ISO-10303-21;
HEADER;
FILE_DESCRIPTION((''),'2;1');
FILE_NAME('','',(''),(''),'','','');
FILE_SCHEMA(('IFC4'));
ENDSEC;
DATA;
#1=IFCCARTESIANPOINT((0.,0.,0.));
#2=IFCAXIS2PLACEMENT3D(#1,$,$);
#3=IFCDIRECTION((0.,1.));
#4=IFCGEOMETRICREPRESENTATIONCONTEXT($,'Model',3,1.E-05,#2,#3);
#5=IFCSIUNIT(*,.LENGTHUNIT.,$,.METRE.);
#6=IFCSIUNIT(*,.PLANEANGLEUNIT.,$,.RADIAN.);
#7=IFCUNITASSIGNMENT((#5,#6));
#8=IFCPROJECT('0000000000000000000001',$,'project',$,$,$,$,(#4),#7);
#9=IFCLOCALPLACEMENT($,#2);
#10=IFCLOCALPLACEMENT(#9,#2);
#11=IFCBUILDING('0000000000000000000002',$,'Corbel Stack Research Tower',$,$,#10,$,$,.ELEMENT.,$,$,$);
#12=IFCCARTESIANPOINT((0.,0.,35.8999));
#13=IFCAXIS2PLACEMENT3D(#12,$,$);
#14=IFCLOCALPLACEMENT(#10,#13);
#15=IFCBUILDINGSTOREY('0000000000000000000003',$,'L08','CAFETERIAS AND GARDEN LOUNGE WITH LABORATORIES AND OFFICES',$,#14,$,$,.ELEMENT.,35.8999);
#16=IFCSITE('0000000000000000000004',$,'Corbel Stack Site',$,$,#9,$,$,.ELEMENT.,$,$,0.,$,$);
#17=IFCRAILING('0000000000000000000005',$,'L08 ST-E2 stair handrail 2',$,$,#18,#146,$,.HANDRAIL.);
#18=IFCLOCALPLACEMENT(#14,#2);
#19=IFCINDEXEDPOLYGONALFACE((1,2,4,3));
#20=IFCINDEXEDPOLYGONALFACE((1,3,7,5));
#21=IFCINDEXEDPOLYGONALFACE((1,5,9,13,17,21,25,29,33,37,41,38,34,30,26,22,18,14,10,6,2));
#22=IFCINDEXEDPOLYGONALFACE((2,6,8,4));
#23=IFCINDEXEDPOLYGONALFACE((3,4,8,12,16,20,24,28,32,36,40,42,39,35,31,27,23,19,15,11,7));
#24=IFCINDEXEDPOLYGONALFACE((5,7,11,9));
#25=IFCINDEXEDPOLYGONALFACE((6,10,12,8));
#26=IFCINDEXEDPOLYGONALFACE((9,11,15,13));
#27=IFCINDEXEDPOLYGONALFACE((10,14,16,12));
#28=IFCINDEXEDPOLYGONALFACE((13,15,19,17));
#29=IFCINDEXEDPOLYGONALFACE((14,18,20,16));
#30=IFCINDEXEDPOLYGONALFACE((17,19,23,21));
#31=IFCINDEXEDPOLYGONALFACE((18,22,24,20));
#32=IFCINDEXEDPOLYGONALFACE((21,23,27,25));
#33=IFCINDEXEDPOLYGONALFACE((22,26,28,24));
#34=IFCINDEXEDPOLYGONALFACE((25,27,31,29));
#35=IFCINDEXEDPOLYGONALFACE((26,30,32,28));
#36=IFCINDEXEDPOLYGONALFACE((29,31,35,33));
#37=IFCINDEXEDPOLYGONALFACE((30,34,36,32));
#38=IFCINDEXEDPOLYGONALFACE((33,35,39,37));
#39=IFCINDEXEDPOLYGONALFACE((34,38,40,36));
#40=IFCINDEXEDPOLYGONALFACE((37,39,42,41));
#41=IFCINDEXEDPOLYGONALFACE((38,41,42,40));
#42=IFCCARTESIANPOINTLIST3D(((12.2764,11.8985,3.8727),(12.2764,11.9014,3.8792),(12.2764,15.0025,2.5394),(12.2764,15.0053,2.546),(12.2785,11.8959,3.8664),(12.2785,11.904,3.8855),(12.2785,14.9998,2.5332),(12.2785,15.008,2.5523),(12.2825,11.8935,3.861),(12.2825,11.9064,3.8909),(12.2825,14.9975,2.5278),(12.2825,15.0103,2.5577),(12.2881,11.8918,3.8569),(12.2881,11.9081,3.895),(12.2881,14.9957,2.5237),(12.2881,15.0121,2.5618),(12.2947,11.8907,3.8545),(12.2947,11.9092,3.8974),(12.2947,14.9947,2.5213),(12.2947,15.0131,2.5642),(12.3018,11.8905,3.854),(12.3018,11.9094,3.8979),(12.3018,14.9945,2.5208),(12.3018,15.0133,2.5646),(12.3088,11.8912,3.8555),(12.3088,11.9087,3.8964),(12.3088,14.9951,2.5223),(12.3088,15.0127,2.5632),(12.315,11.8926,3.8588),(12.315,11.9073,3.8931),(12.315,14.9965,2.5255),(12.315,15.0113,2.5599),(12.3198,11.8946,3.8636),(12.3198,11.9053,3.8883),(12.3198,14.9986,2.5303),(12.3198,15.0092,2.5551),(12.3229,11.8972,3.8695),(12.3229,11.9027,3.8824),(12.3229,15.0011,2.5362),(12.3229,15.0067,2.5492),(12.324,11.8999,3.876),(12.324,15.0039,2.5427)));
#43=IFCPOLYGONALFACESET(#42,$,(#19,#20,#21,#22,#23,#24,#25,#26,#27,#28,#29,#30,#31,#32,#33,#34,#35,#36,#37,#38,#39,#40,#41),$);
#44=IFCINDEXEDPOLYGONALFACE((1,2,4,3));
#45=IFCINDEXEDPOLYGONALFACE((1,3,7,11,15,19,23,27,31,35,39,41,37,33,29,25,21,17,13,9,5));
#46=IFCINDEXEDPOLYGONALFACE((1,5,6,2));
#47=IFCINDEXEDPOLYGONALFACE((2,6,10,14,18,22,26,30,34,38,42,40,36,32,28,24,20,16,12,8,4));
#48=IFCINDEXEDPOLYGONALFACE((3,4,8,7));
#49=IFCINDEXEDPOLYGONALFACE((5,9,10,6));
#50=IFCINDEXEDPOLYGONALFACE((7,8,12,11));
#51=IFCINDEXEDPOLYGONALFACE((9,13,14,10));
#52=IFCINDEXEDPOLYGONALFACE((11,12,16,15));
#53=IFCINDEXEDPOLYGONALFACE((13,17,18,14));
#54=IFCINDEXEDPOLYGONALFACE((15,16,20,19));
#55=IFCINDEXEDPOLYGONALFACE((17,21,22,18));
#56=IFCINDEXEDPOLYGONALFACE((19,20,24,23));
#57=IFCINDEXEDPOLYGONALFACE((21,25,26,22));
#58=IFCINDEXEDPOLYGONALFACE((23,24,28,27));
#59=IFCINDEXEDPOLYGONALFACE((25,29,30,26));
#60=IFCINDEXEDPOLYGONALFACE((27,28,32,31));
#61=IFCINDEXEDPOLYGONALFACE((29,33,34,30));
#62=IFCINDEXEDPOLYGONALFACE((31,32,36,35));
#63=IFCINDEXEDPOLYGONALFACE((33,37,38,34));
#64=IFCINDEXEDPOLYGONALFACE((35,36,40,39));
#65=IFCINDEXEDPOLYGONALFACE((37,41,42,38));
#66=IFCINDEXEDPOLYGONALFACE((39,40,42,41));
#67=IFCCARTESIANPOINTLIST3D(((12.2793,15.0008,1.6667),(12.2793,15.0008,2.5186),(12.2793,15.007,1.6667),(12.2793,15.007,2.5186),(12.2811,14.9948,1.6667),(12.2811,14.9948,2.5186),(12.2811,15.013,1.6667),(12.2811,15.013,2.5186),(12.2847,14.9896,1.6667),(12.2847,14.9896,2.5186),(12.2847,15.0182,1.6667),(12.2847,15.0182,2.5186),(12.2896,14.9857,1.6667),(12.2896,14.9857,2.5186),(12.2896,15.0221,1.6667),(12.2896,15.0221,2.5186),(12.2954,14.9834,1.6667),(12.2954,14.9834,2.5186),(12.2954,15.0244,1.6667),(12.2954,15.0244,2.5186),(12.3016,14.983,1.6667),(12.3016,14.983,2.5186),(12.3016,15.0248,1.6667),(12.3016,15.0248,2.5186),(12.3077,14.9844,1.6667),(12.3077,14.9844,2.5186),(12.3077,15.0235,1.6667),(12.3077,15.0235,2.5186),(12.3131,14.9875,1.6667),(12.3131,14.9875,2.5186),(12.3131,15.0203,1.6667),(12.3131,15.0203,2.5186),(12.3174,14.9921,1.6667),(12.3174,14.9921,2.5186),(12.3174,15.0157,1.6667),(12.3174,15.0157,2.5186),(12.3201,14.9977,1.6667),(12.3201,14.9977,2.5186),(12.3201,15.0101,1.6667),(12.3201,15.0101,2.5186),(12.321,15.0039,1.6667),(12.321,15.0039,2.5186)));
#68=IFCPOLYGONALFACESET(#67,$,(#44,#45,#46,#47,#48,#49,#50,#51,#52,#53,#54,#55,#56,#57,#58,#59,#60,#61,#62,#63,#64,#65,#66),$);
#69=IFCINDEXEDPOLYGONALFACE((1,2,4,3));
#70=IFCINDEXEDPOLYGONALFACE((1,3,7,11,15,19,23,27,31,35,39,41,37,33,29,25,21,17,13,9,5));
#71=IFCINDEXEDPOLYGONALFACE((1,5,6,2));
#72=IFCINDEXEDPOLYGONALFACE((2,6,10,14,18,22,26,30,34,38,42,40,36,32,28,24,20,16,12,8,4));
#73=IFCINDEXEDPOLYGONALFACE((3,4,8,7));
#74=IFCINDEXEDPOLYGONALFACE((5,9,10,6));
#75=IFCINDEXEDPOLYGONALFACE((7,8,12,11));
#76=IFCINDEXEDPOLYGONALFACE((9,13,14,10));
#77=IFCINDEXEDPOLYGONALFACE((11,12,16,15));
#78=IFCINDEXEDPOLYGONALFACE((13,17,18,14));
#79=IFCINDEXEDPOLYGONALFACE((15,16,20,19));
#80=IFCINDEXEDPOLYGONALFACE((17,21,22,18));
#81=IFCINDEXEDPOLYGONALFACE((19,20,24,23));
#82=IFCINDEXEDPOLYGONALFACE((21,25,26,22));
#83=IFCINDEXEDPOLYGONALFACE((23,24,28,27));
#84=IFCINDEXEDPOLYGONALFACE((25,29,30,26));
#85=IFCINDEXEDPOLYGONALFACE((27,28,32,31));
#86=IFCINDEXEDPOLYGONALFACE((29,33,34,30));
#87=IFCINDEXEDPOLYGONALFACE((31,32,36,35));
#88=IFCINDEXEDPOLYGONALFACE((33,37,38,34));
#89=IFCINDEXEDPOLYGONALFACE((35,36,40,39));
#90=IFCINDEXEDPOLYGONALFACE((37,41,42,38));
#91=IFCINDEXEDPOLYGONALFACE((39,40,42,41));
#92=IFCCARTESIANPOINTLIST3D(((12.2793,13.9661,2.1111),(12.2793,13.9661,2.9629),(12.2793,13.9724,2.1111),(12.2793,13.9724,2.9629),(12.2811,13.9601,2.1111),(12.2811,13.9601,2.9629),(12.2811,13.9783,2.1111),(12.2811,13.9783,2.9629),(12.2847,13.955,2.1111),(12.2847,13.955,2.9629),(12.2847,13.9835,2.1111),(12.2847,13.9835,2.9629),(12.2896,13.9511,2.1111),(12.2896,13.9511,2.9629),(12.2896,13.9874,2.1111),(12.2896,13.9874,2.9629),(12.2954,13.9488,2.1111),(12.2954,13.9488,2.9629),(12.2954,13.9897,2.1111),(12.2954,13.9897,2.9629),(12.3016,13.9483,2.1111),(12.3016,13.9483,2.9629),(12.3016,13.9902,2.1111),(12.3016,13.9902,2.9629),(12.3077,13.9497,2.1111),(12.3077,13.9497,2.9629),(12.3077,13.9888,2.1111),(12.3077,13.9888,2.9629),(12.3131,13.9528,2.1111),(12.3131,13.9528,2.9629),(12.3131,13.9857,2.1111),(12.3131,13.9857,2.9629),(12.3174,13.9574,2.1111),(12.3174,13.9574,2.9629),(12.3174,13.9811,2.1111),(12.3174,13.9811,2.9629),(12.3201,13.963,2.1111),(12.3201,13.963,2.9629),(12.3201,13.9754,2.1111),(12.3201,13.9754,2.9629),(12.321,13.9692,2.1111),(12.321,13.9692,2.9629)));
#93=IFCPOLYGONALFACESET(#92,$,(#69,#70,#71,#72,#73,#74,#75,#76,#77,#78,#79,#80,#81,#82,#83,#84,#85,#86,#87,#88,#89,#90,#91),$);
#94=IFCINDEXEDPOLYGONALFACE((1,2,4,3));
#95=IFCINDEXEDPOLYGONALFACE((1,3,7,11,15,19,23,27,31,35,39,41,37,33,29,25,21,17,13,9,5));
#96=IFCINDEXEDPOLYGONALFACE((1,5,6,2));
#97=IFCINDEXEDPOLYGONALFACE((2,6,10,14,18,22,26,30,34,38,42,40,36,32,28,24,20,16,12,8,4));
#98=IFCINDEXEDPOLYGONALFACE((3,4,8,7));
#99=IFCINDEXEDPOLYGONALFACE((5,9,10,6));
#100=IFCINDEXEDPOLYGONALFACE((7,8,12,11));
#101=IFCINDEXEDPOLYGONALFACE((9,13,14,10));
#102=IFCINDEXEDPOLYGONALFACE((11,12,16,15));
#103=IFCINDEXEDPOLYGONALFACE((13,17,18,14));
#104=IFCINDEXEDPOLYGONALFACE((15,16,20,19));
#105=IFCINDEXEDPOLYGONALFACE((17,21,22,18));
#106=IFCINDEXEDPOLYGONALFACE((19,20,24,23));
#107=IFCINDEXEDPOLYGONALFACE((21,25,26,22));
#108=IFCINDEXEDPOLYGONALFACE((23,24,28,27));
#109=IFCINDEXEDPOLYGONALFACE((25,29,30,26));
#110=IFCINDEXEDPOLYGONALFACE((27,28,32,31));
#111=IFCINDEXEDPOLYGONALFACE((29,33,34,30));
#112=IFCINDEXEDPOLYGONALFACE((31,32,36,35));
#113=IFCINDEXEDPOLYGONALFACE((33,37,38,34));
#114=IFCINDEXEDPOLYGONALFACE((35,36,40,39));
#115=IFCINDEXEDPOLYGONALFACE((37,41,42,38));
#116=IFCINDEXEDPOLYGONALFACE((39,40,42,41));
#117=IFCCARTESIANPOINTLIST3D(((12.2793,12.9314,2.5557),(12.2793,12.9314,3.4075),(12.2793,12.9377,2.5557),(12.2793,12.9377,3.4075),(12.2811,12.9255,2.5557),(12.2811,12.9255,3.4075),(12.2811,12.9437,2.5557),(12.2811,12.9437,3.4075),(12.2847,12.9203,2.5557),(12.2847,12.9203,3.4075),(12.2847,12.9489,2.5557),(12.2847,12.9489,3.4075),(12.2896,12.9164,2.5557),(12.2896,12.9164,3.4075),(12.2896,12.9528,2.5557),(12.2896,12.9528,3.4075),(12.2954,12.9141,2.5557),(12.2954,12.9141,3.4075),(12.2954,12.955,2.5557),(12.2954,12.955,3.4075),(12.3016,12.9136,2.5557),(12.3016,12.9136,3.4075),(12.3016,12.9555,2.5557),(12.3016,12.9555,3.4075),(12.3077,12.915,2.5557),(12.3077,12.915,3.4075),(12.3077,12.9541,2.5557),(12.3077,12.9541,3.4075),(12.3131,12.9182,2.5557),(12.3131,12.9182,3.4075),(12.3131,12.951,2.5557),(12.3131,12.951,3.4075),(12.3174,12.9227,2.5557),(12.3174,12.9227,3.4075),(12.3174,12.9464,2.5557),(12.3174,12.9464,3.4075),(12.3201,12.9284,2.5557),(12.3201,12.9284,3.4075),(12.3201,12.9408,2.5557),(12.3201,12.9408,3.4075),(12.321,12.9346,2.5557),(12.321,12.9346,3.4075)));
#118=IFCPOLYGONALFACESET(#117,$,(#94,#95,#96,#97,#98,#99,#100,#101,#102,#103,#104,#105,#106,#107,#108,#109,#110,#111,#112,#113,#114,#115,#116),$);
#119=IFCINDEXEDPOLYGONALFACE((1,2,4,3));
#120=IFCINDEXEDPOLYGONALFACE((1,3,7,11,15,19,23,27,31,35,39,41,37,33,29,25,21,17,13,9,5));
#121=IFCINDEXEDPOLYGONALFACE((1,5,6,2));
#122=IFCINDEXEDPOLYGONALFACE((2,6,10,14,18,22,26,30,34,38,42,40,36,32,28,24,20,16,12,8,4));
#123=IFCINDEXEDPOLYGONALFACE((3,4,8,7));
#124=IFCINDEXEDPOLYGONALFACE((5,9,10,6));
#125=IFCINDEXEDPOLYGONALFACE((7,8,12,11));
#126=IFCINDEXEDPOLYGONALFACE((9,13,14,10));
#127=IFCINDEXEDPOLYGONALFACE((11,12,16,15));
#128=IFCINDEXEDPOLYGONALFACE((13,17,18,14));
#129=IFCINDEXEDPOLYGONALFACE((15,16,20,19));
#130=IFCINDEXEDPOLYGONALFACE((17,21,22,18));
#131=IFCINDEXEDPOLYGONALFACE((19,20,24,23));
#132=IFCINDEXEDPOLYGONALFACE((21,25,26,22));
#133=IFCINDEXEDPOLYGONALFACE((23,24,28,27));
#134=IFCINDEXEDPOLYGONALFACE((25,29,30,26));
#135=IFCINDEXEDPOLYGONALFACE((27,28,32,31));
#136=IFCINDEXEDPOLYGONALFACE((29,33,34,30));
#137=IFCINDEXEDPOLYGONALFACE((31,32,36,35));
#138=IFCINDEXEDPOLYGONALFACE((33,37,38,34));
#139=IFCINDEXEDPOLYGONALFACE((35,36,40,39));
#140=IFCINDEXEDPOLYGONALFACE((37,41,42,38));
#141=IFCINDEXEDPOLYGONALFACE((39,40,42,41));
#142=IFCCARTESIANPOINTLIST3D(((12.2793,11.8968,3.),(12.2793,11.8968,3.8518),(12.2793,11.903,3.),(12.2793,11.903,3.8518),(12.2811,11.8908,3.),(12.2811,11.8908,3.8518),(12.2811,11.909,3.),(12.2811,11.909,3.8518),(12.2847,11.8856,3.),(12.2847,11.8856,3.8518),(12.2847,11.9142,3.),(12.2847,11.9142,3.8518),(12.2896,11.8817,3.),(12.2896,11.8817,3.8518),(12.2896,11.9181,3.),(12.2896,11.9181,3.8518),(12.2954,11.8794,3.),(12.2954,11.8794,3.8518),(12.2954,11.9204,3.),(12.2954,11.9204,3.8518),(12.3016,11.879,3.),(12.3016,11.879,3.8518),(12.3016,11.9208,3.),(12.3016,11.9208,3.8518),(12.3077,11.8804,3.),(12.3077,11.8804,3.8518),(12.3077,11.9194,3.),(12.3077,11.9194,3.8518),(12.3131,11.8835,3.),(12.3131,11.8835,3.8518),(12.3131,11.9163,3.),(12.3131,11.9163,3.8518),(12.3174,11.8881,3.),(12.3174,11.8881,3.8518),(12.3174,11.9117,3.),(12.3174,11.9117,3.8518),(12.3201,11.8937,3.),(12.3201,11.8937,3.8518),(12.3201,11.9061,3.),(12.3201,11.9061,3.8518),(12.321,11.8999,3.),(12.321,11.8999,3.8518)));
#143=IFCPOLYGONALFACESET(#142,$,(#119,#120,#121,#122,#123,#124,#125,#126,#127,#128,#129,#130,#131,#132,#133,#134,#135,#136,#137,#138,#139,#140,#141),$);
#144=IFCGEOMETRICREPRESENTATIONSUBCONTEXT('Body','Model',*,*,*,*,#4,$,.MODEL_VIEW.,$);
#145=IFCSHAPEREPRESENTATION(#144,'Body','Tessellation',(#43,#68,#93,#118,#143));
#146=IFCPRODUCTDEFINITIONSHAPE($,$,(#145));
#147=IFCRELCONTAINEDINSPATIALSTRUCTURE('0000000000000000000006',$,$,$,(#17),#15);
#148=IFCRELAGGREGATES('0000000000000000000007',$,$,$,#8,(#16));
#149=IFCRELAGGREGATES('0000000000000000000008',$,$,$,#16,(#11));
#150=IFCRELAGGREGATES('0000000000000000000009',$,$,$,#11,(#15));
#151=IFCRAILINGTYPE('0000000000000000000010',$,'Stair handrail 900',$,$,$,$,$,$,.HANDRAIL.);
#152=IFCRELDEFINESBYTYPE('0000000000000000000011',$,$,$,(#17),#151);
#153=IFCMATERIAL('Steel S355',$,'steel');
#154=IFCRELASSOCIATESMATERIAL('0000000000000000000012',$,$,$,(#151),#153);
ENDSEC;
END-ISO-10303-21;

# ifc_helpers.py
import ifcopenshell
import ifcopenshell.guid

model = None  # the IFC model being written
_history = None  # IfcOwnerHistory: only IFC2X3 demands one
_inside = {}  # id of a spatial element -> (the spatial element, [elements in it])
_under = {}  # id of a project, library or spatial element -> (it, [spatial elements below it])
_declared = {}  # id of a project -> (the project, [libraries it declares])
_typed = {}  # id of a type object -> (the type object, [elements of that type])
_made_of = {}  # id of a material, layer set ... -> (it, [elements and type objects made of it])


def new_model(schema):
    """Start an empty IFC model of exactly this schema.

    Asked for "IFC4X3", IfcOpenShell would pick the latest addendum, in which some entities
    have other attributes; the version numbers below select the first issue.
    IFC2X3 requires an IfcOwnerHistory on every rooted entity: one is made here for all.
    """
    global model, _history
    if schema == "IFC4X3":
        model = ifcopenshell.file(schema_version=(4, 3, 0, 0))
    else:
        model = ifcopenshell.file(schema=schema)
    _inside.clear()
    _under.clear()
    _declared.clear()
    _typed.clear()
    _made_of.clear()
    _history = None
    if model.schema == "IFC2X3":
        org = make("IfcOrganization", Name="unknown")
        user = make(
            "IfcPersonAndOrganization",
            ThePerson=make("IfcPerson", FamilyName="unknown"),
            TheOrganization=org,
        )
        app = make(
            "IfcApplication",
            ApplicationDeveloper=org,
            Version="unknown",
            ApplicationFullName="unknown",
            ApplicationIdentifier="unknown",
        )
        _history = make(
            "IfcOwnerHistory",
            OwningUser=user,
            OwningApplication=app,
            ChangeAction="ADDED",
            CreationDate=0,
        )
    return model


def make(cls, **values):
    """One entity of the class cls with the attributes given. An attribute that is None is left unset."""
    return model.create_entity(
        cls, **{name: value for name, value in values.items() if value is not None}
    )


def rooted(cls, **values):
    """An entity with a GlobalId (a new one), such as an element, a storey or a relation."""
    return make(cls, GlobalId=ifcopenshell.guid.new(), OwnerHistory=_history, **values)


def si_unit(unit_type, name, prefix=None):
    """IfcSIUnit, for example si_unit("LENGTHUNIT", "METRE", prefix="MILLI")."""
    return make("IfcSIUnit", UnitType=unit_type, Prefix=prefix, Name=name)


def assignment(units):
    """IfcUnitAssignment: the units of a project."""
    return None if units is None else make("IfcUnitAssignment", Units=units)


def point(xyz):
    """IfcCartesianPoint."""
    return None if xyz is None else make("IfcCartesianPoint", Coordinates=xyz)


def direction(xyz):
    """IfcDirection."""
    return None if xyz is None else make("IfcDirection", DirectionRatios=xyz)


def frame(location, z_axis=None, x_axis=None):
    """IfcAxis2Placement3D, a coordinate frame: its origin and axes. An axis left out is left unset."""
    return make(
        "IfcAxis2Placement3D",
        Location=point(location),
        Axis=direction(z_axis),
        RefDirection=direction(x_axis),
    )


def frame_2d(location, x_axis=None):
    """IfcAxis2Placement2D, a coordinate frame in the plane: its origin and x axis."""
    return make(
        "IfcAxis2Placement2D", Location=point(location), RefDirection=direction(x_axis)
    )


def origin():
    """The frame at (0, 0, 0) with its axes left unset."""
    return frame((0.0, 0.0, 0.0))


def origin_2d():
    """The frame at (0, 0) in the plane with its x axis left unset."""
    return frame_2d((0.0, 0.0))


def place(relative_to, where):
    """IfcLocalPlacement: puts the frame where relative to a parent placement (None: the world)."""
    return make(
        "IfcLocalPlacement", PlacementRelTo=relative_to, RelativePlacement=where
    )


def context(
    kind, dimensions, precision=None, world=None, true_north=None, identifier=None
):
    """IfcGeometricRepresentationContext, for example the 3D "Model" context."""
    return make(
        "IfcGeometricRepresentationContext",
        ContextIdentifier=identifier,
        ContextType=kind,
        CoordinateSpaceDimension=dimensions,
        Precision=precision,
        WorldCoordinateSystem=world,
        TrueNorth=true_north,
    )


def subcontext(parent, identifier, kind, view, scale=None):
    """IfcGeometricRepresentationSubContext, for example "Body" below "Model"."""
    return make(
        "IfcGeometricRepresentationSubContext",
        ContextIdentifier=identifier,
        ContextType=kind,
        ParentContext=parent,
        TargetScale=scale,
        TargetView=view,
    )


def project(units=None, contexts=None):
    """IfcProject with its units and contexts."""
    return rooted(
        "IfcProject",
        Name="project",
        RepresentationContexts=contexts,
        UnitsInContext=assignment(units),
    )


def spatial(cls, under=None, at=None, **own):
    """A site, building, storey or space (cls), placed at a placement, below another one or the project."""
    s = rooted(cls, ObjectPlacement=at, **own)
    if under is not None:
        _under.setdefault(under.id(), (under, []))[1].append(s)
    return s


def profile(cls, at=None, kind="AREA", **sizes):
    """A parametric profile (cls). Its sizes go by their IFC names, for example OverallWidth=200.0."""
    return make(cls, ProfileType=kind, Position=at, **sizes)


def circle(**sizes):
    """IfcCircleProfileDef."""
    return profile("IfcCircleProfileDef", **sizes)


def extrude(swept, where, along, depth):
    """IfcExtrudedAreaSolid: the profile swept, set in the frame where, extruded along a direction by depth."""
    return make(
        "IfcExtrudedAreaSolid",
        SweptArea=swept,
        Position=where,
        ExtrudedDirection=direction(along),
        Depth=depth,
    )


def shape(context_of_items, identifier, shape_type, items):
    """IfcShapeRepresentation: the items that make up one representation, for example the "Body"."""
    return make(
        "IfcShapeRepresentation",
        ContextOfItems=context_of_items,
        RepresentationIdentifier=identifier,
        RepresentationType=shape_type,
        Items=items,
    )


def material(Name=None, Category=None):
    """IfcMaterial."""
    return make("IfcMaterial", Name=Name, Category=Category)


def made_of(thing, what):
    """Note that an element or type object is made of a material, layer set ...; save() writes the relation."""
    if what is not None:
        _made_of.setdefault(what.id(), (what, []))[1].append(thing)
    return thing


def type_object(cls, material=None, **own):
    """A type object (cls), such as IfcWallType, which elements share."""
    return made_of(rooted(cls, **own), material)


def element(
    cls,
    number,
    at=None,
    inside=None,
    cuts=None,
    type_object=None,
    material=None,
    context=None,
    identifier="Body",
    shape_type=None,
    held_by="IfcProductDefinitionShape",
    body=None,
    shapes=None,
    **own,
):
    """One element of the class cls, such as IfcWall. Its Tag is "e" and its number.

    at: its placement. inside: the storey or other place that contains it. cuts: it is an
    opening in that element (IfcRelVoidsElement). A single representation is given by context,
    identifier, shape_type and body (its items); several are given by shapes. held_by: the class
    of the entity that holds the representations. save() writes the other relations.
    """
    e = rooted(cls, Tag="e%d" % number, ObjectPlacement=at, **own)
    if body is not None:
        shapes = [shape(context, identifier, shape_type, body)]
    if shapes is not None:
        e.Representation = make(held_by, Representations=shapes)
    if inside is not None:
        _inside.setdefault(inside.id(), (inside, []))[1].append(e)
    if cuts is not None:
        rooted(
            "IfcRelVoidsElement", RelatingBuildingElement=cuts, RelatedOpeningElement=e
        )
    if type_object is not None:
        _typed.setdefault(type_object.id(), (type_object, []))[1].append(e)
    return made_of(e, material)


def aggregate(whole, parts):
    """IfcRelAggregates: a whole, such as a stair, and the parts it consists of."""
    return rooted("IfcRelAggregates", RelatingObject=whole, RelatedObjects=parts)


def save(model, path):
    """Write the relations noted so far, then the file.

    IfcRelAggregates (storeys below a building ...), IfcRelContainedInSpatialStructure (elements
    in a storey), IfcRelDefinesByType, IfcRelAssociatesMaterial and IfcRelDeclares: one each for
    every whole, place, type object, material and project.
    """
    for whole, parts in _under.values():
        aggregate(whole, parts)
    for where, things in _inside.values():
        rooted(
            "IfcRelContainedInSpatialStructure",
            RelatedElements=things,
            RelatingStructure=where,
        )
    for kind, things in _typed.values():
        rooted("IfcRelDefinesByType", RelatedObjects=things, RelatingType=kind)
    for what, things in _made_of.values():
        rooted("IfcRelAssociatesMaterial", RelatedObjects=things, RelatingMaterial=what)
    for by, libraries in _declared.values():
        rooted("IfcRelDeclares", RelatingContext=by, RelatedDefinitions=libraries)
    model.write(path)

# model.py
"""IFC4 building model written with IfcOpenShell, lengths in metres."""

from ifc_helpers import new_model, si_unit, direction, frame, origin, origin_2d, place, context, subcontext, project, spatial, circle, extrude, material, type_object, element, save


model = new_model("IFC4")

# Units and contexts
model_context = context("Model", 3, precision=1e-05, world=origin(), true_north=direction((0.0, 1.0)))
body_context = subcontext(model_context, "Body", "Model", "MODEL_VIEW")
ifc_project = project(units=[si_unit("LENGTHUNIT", "METRE"), si_unit("PLANEANGLEUNIT", "RADIAN")], contexts=[model_context])

# Site, building, storey
site_placement = place(None, origin())
site = spatial("IfcSite", under=ifc_project, at=site_placement, Name="Corbel Stack Site", CompositionType="ELEMENT", RefElevation=0.0)
building_placement = place(site_placement, origin())
building = spatial("IfcBuilding", under=site, at=building_placement, Name="Corbel Stack Research Tower", CompositionType="ELEMENT")
storey_placement = place(building_placement, frame((0.0, 0.0, 35.8999)))
storey = spatial("IfcBuildingStorey", under=building, at=storey_placement, Name="L08", Description="CAFETERIAS AND GARDEN LOUNGE WITH LABORATORIES AND OFFICES", CompositionType="ELEMENT", Elevation=35.8999)

# Railing
ifc_material_1 = material(Name="Steel S355", Category="steel")
railing_type_1 = type_object("IfcRailingType", Name="Stair handrail 900", PredefinedType="HANDRAIL", material=ifc_material_1)
railing_1_placement = place(storey_placement, frame((12.3, 15.0039, 1.6667)))
element("IfcRailing", 1, at=railing_1_placement, inside=storey, type_object=railing_type_1, Name="L08 ST-E2 stair handrail 2", PredefinedType="HANDRAIL", context=body_context, shape_type="SweptSolid", body=[
    extrude(circle(Radius=0.0239, at=origin_2d()), frame((0.0, 0.0, 0.876), z_axis=(0.0, -0.918827, 0.394661), x_axis=(1.0, 0.0, 0.0)), (0.0, 0.0, 1.0), 3.3782),
    extrude(circle(Radius=0.021, at=origin_2d()), origin(), (0.0, 0.0, 1.0), 0.8518),
    extrude(circle(Radius=0.021, at=origin_2d()), frame((0.0, -1.0347, 0.4443)), (0.0, 0.0, 1.0), 0.8518),
    extrude(circle(Radius=0.021, at=origin_2d()), frame((0.0, -2.0693, 0.8889)), (0.0, 0.0, 1.0), 0.8518),
    extrude(circle(Radius=0.021, at=origin_2d()), frame((0.0, -3.104, 1.3333)), (0.0, 0.0, 1.0), 0.8518),
])

save(model, "model.ifc")
